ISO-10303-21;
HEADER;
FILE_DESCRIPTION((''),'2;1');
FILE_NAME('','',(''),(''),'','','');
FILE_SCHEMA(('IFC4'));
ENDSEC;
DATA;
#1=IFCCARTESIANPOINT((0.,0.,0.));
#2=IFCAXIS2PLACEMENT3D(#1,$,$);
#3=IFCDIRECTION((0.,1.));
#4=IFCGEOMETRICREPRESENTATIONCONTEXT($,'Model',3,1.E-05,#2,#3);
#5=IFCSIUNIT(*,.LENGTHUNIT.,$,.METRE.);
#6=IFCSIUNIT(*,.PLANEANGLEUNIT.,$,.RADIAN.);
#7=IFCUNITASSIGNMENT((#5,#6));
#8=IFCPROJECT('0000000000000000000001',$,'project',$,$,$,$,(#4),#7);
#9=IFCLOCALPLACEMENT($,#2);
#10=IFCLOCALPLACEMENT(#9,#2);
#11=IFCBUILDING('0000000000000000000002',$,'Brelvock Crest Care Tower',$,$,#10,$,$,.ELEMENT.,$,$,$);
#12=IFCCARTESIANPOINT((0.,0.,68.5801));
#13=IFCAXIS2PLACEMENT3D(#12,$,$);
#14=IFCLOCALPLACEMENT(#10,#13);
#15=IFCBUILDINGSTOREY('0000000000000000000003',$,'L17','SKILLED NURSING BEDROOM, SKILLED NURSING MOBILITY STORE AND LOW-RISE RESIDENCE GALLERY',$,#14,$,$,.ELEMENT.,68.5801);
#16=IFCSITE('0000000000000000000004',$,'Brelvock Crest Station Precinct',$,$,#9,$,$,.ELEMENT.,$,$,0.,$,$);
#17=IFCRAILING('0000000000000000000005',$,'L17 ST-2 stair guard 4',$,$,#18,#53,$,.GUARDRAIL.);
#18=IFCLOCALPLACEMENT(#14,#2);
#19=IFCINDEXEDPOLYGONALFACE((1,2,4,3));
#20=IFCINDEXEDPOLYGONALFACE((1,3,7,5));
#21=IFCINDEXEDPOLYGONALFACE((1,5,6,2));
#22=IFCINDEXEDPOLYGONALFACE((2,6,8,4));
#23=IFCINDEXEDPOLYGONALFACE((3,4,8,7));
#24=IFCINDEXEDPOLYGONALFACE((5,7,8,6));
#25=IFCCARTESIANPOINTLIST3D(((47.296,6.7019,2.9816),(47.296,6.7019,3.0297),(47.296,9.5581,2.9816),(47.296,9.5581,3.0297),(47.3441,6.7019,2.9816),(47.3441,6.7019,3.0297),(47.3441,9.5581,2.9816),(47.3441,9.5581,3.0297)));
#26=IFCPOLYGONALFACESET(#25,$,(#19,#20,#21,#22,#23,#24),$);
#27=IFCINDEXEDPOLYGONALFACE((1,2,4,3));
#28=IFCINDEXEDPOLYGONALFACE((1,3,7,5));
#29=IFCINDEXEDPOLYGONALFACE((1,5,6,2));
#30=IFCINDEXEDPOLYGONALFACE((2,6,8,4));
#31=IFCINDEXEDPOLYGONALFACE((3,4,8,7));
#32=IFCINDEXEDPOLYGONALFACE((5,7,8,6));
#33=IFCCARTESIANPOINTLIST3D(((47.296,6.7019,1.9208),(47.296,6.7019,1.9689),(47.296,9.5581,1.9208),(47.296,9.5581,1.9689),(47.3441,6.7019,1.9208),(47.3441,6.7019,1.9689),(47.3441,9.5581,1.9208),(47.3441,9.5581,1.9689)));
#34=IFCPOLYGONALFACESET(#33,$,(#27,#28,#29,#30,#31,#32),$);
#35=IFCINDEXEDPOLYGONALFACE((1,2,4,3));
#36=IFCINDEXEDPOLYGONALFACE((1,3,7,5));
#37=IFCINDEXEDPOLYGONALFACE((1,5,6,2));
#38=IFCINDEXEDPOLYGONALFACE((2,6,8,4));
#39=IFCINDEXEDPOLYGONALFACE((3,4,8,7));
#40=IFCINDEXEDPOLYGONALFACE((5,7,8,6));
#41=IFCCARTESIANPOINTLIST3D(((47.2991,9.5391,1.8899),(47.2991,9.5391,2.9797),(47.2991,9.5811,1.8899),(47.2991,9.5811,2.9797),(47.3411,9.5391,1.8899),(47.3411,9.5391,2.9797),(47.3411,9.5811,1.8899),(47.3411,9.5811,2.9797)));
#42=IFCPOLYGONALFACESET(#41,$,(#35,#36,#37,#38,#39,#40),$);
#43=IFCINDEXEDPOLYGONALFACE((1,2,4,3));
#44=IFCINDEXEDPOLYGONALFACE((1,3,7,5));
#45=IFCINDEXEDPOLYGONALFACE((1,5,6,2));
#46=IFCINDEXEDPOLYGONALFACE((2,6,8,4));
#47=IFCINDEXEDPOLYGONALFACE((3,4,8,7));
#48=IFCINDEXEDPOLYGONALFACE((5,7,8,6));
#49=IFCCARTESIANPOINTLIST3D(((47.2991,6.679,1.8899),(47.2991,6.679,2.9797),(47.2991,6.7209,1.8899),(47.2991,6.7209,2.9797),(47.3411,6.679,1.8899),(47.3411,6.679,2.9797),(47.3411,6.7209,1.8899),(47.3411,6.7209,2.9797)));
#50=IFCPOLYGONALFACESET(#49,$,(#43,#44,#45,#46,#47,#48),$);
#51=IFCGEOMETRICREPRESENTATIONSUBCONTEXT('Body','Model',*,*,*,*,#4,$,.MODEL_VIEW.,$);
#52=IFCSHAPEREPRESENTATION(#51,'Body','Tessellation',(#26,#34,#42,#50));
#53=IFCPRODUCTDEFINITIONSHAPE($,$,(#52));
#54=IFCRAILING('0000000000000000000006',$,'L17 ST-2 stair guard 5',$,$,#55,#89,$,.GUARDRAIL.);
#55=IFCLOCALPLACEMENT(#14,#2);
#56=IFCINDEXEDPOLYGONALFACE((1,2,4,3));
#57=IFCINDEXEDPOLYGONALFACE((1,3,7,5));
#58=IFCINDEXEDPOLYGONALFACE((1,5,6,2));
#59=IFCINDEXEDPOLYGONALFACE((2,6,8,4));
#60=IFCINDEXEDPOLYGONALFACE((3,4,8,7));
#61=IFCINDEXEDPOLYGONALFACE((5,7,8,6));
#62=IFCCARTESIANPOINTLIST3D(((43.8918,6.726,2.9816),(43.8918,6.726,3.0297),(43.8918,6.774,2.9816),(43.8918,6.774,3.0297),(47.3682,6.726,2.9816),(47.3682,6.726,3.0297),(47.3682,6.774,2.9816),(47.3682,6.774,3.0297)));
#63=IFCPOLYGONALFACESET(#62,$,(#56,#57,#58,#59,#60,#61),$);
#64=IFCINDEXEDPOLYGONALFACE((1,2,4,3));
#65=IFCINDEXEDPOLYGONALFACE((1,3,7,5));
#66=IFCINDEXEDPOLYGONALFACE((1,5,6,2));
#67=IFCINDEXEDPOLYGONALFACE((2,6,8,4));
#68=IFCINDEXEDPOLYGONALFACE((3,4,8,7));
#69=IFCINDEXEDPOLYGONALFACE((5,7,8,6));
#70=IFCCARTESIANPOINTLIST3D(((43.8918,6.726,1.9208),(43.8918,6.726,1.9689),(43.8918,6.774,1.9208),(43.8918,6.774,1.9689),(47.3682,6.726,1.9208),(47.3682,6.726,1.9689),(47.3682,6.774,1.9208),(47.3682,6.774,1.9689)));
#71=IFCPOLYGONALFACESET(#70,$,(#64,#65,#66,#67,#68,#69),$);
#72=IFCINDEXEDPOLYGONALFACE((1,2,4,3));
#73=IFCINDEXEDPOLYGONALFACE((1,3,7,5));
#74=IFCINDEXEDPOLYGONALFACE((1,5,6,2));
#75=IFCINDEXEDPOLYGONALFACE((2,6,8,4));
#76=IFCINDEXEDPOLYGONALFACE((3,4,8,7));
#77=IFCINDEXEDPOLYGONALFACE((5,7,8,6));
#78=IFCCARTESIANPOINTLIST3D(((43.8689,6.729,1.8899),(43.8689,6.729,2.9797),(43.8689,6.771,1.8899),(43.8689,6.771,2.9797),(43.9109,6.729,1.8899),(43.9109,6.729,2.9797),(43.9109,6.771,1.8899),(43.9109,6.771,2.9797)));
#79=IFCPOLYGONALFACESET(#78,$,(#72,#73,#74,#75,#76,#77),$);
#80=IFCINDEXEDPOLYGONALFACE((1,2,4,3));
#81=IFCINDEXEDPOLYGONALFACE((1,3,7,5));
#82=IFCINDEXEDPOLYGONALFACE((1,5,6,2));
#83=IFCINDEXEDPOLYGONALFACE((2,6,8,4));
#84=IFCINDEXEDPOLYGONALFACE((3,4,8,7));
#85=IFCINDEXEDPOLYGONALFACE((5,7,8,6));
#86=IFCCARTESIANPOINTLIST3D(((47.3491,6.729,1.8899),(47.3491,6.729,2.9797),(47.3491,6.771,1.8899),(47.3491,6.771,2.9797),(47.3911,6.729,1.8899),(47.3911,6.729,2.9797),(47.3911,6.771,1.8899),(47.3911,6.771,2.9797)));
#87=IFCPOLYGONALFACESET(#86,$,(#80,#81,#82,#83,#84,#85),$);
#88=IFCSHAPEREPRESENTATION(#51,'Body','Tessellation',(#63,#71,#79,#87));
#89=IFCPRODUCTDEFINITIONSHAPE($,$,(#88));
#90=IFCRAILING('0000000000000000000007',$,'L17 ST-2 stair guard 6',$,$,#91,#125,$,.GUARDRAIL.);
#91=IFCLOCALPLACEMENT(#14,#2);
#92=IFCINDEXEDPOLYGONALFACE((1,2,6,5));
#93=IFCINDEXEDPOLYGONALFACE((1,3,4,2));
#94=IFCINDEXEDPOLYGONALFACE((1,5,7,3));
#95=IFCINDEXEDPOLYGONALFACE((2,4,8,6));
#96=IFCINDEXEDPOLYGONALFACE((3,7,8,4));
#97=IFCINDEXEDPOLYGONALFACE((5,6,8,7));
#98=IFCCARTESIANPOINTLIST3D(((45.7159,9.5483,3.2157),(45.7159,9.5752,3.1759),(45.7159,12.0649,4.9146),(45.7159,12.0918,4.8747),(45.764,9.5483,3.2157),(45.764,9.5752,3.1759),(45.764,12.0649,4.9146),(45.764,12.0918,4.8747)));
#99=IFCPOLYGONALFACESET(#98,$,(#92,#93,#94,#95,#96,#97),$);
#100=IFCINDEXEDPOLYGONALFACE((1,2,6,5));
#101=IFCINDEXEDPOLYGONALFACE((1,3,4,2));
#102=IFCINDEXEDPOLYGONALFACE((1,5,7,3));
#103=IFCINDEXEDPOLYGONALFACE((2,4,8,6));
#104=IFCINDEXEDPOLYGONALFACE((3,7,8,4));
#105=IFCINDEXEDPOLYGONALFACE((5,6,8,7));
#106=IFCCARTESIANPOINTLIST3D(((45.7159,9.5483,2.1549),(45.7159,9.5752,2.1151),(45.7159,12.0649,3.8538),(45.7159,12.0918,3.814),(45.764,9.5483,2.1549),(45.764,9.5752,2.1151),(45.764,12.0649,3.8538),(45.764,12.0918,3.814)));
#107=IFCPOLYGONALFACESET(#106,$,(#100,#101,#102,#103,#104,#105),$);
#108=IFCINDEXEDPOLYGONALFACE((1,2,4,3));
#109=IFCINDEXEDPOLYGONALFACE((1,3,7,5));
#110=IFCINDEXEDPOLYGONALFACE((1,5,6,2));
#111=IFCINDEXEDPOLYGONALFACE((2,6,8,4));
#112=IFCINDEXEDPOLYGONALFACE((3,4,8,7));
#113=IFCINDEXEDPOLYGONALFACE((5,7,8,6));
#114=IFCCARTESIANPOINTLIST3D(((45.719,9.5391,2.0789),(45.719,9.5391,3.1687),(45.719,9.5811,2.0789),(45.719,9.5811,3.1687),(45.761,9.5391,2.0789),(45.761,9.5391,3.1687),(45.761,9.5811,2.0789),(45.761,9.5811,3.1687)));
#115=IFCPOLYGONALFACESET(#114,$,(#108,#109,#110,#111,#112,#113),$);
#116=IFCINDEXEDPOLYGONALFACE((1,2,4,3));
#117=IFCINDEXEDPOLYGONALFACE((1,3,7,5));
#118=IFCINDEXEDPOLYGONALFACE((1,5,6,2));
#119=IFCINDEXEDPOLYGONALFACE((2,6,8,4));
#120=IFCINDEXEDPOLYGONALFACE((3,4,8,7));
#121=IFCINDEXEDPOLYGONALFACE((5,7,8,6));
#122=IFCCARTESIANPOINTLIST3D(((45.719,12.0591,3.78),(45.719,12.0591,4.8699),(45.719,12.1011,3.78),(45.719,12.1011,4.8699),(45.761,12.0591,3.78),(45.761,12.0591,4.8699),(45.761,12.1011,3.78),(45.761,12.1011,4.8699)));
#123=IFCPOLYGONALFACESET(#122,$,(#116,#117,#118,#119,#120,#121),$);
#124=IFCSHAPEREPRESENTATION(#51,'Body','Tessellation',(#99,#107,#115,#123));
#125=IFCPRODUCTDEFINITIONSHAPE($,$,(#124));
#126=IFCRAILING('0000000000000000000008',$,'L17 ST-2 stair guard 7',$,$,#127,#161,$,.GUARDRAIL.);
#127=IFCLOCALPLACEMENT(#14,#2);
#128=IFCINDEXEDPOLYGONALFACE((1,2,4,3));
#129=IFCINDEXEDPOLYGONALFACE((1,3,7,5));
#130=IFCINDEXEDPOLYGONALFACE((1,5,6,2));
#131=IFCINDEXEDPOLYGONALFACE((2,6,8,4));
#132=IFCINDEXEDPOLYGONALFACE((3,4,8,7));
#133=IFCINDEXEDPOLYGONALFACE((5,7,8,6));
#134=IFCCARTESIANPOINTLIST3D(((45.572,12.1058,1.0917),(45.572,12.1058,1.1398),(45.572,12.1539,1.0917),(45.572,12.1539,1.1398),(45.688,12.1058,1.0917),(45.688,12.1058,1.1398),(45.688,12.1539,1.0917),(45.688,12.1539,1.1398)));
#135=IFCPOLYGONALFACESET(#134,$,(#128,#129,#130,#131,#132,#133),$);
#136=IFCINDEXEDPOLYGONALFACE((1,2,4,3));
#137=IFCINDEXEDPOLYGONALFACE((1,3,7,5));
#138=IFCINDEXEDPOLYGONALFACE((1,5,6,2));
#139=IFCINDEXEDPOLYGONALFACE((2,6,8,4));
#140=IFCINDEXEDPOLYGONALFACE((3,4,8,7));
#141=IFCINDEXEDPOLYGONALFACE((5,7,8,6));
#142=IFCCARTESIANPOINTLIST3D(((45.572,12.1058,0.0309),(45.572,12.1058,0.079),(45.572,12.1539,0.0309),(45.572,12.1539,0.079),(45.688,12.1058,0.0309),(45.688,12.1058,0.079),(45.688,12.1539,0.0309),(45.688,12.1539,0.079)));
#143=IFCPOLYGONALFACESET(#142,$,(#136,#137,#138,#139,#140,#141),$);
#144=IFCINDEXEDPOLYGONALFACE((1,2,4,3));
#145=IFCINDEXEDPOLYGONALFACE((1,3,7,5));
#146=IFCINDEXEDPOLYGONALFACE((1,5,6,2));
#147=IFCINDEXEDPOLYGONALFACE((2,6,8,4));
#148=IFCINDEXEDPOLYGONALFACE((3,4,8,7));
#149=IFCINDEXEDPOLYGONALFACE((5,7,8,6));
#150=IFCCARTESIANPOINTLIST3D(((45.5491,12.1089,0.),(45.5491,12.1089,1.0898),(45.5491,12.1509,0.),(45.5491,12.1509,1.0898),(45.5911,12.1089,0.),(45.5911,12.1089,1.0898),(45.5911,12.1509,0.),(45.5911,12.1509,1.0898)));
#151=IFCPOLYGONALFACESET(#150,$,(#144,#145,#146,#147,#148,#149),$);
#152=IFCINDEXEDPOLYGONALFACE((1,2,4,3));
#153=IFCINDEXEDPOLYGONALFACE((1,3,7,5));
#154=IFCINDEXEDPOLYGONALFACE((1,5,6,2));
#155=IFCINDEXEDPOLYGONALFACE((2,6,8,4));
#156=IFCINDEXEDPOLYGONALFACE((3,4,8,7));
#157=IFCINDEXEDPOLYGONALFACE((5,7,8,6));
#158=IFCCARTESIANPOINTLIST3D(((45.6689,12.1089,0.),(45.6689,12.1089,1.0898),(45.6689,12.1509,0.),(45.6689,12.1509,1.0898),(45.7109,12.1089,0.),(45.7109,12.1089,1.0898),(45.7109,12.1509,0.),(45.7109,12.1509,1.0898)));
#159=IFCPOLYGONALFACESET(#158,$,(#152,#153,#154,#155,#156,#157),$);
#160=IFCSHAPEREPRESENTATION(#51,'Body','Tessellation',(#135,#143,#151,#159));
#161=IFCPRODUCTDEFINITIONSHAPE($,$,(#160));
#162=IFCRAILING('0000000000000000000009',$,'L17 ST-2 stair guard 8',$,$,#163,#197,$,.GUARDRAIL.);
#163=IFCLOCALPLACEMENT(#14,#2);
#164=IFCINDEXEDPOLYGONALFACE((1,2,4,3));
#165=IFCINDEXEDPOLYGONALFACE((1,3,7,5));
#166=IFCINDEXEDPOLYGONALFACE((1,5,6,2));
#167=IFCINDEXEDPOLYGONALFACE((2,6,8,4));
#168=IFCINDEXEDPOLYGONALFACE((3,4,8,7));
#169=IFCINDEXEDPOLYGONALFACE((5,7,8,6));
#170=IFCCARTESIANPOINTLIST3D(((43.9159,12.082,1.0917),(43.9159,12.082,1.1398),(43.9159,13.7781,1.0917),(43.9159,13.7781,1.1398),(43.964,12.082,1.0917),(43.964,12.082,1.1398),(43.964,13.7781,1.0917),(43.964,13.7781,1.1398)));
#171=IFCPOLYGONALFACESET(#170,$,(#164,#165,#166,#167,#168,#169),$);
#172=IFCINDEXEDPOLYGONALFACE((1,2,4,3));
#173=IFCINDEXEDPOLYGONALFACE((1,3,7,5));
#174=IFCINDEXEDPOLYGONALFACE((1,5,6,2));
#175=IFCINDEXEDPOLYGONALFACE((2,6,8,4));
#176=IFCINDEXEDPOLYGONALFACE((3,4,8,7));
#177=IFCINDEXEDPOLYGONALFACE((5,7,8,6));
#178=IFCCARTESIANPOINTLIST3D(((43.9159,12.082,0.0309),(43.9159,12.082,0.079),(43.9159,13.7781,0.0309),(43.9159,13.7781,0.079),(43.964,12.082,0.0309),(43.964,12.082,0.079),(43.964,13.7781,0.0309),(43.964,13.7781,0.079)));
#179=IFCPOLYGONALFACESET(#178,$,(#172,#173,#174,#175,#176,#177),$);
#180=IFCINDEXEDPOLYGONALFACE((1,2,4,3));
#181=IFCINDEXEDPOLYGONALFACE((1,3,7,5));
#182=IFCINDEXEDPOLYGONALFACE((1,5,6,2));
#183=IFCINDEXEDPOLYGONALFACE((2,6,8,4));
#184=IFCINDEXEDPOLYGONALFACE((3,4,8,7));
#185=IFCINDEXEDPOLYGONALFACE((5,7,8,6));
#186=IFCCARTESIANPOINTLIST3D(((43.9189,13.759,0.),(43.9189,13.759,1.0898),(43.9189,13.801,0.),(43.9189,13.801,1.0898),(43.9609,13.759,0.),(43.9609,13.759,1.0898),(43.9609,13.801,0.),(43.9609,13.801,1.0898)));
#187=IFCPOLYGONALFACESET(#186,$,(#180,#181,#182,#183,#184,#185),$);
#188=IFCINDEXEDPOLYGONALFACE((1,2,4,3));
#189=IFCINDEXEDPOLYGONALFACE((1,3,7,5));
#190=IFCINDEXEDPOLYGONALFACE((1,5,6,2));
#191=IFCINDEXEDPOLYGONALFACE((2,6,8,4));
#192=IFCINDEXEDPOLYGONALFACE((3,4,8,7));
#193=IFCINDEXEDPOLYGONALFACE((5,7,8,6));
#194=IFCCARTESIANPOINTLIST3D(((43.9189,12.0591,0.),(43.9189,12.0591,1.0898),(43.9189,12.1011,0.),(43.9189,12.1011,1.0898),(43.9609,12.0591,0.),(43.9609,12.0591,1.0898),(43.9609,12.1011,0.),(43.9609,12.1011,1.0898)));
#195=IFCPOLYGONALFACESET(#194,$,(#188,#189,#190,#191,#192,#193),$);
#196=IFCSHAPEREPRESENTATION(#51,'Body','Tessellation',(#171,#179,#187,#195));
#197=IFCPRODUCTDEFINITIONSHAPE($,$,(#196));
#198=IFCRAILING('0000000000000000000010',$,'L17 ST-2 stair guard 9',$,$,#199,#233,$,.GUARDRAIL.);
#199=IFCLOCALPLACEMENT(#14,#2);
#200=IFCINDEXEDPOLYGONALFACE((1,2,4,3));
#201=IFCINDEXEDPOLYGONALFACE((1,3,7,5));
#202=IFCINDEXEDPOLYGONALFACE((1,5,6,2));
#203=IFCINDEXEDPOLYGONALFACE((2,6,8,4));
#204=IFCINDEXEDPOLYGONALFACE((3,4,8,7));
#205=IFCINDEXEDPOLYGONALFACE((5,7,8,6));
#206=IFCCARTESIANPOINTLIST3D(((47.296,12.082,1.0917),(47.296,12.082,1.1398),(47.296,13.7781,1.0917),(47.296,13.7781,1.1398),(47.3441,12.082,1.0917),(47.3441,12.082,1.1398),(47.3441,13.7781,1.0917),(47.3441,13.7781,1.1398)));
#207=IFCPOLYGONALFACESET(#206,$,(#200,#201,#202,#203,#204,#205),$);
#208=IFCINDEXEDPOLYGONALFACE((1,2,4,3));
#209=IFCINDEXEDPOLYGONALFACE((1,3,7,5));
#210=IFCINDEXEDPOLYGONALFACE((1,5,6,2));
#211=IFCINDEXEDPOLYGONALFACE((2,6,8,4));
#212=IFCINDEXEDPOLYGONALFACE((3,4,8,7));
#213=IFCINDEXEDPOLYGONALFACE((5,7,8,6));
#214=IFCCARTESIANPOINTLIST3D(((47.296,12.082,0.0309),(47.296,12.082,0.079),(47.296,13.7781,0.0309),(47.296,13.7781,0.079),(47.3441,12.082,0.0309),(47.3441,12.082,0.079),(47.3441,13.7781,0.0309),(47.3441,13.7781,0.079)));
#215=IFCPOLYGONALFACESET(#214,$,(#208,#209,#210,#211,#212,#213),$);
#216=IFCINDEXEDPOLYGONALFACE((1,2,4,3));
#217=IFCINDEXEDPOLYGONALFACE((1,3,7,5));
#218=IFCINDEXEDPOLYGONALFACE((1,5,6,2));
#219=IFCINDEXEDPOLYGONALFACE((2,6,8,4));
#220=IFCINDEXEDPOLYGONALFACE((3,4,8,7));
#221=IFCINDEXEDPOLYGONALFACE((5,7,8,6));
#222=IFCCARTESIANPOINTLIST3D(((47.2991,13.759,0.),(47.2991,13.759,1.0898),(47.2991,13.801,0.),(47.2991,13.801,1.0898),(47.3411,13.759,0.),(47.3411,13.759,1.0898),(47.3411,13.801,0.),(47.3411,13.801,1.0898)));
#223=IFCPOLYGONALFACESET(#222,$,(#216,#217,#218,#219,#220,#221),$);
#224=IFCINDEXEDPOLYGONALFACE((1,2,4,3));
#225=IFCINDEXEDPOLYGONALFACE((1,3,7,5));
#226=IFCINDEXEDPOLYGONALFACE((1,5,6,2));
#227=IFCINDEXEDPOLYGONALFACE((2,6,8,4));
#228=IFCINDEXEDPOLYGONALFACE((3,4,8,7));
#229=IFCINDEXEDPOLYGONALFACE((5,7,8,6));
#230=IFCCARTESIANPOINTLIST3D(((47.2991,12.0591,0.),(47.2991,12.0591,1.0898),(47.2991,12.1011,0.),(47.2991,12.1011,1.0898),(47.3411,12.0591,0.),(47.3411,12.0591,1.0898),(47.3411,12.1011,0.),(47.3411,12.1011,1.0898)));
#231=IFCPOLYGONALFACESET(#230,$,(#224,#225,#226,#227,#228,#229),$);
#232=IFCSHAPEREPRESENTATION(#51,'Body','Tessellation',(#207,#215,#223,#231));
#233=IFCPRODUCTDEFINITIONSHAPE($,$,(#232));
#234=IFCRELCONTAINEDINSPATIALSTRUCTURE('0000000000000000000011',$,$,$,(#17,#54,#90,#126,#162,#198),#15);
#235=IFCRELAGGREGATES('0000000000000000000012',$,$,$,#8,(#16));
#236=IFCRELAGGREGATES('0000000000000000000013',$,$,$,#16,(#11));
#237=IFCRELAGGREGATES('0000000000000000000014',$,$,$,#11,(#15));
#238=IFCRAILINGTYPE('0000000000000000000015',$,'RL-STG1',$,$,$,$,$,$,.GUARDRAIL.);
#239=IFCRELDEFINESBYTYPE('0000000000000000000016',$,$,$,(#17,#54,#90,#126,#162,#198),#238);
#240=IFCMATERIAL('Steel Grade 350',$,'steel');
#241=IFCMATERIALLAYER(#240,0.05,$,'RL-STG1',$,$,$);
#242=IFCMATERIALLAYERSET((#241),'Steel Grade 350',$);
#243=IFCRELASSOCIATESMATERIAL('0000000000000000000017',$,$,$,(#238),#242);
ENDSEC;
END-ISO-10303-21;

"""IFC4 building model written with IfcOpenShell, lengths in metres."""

from ifc_helpers import new_model, si_unit, direction, frame, origin, origin_2d, place, context, subcontext, project, spatial, rectangle, extrude, material, layer, layer_set, type_object, element, save


model = new_model("IFC4")

# Units and contexts
model_context = context("Model", 3, precision=1e-05, world=origin(), true_north=direction((0.0, 1.0)))
body_context = subcontext(model_context, "Body", "Model", "MODEL_VIEW")
ifc_project = project(units=[si_unit("LENGTHUNIT", "METRE"), si_unit("PLANEANGLEUNIT", "RADIAN")], contexts=[model_context])

# Site, building, storey
site_placement = place(None, origin())
site = spatial("IfcSite", under=ifc_project, at=site_placement, Name="Brelvock Crest Station Precinct", CompositionType="ELEMENT", RefElevation=0.0)
building_placement = place(site_placement, origin())
building = spatial("IfcBuilding", under=site, at=building_placement, Name="Brelvock Crest Care Tower", CompositionType="ELEMENT")
storey_placement = place(building_placement, frame((0.0, 0.0, 68.5801)))
storey = spatial("IfcBuildingStorey", under=building, at=storey_placement, Name="L17", Description="SKILLED NURSING BEDROOM, SKILLED NURSING MOBILITY STORE AND LOW-RISE RESIDENCE GALLERY", CompositionType="ELEMENT", Elevation=68.5801)

# Shared definitions
ifc_material_1 = material(Name="Steel Grade 350", Category="steel")

# Railings
ifc_layer_1 = layer(ifc_material_1, 0.05, Name="RL-STG1")
ifc_layer_set_1 = layer_set([ifc_layer_1], Name="Steel Grade 350")
railing_type_1 = type_object("IfcRailingType", Name="RL-STG1", PredefinedType="GUARDRAIL", material=ifc_layer_set_1)
for number, where, name in (
    (1, (47.3201, 9.5601, 1.8899), "L17 ST-2 stair guard 4"),
):
    element("IfcRailing", number, at=place(storey_placement, frame(where)), inside=storey, type_object=railing_type_1, Name=name, PredefinedType="GUARDRAIL", context=body_context, shape_type="SweptSolid", body=[
        extrude(rectangle(XDim=0.0481, YDim=0.0481, at=origin_2d()), frame((0.0, -0.002, 1.1157), z_axis=(0.0, -1.0, 0.0), x_axis=(1.0, 0.0, 0.0)), (0.0, 0.0, 1.0), 2.8562),
        extrude(rectangle(XDim=0.0481, YDim=0.0481, at=origin_2d()), frame((0.0, -0.002, 0.0549), z_axis=(0.0, -1.0, 0.0), x_axis=(1.0, 0.0, 0.0)), (0.0, 0.0, 1.0), 2.8562),
        extrude(rectangle(XDim=0.042, YDim=0.042, at=origin_2d()), origin(), (0.0, 0.0, 1.0), 1.0898),
        extrude(rectangle(XDim=0.042, YDim=0.042, at=origin_2d()), frame((0.0, -2.8601, 0.0)), (0.0, 0.0, 1.0), 1.0898),
    ])
railing_1_placement = place(storey_placement, frame((43.8899, 6.75, 1.8899)))
element("IfcRailing", 2, at=railing_1_placement, inside=storey, type_object=railing_type_1, Name="L17 ST-2 stair guard 5", PredefinedType="GUARDRAIL", context=body_context, shape_type="SweptSolid", body=[
    extrude(rectangle(XDim=0.0481, YDim=0.0481, at=origin_2d()), frame((0.002, 0.0, 1.1157), z_axis=(1.0, 0.0, 0.0), x_axis=(0.0, 1.0, 0.0)), (0.0, 0.0, 1.0), 3.4763),
    extrude(rectangle(XDim=0.0481, YDim=0.0481, at=origin_2d()), frame((0.002, 0.0, 0.0549), z_axis=(1.0, 0.0, 0.0), x_axis=(0.0, 1.0, 0.0)), (0.0, 0.0, 1.0), 3.4763),
    extrude(rectangle(XDim=0.042, YDim=0.042, at=origin_2d()), origin(), (0.0, 0.0, 1.0), 1.0898),
    extrude(rectangle(XDim=0.042, YDim=0.042, at=origin_2d()), frame((3.4802, 0.0, 0.0)), (0.0, 0.0, 1.0), 1.0898),
])
railing_2_placement = place(storey_placement, frame((45.74, 9.5601, 2.0789)))
element("IfcRailing", 3, at=railing_2_placement, inside=storey, type_object=railing_type_1, Name="L17 ST-2 stair guard 6", PredefinedType="GUARDRAIL", context=body_context, shape_type="SweptSolid", body=[
    extrude(rectangle(XDim=0.0481, YDim=0.0481, at=origin_2d()), frame((0.0, 0.0017, 1.1169), z_axis=(0.0, 0.828824, 0.559509), x_axis=(-1.0, 0.0, 0.0)), (0.0, 0.0, 1.0), 3.0364),
    extrude(rectangle(XDim=0.0481, YDim=0.0481, at=origin_2d()), frame((0.0, 0.0017, 0.0562), z_axis=(0.0, 0.828824, 0.559509), x_axis=(-1.0, 0.0, 0.0)), (0.0, 0.0, 1.0), 3.0364),
    extrude(rectangle(XDim=0.042, YDim=0.042, at=origin_2d()), origin(), (0.0, 0.0, 1.0), 1.0898),
    extrude(rectangle(XDim=0.042, YDim=0.042, at=origin_2d()), frame((0.0, 2.52, 1.7012)), (0.0, 0.0, 1.0), 1.0898),
])
railing_3_placement = place(storey_placement, frame((45.5701, 12.1299, 0.0)))
element("IfcRailing", 4, at=railing_3_placement, inside=storey, type_object=railing_type_1, Name="L17 ST-2 stair guard 7", PredefinedType="GUARDRAIL", context=body_context, shape_type="SweptSolid", body=[
    extrude(rectangle(XDim=0.0481, YDim=0.0481, at=origin_2d()), frame((0.002, 0.0, 1.1157), z_axis=(1.0, 0.0, 0.0), x_axis=(0.0, 1.0, 0.0)), (0.0, 0.0, 1.0), 0.116),
    extrude(rectangle(XDim=0.0481, YDim=0.0481, at=origin_2d()), frame((0.002, 0.0, 0.0549), z_axis=(1.0, 0.0, 0.0), x_axis=(0.0, 1.0, 0.0)), (0.0, 0.0, 1.0), 0.116),
    extrude(rectangle(XDim=0.042, YDim=0.042, at=origin_2d()), origin(), (0.0, 0.0, 1.0), 1.0898),
    extrude(rectangle(XDim=0.042, YDim=0.042, at=origin_2d()), frame((0.1199, 0.0, 0.0)), (0.0, 0.0, 1.0), 1.0898),
])
for number, where, name in (
    (5, (43.9399, 13.78, 0.0), "L17 ST-2 stair guard 8"),
    (6, (47.3201, 13.78, 0.0), "L17 ST-2 stair guard 9"),
):
    element("IfcRailing", number, at=place(storey_placement, frame(where)), inside=storey, type_object=railing_type_1, Name=name, PredefinedType="GUARDRAIL", context=body_context, shape_type="SweptSolid", body=[
        extrude(rectangle(XDim=0.0481, YDim=0.0481, at=origin_2d()), frame((0.0, -0.002, 1.1157), z_axis=(0.0, -1.0, 0.0), x_axis=(1.0, 0.0, 0.0)), (0.0, 0.0, 1.0), 1.696),
        extrude(rectangle(XDim=0.0481, YDim=0.0481, at=origin_2d()), frame((0.0, -0.002, 0.0549), z_axis=(0.0, -1.0, 0.0), x_axis=(1.0, 0.0, 0.0)), (0.0, 0.0, 1.0), 1.696),
        extrude(rectangle(XDim=0.042, YDim=0.042, at=origin_2d()), origin(), (0.0, 0.0, 1.0), 1.0898),
        extrude(rectangle(XDim=0.042, YDim=0.042, at=origin_2d()), frame((0.0, -1.7, 0.0)), (0.0, 0.0, 1.0), 1.0898),
    ])

save(model, "model.ifc")
